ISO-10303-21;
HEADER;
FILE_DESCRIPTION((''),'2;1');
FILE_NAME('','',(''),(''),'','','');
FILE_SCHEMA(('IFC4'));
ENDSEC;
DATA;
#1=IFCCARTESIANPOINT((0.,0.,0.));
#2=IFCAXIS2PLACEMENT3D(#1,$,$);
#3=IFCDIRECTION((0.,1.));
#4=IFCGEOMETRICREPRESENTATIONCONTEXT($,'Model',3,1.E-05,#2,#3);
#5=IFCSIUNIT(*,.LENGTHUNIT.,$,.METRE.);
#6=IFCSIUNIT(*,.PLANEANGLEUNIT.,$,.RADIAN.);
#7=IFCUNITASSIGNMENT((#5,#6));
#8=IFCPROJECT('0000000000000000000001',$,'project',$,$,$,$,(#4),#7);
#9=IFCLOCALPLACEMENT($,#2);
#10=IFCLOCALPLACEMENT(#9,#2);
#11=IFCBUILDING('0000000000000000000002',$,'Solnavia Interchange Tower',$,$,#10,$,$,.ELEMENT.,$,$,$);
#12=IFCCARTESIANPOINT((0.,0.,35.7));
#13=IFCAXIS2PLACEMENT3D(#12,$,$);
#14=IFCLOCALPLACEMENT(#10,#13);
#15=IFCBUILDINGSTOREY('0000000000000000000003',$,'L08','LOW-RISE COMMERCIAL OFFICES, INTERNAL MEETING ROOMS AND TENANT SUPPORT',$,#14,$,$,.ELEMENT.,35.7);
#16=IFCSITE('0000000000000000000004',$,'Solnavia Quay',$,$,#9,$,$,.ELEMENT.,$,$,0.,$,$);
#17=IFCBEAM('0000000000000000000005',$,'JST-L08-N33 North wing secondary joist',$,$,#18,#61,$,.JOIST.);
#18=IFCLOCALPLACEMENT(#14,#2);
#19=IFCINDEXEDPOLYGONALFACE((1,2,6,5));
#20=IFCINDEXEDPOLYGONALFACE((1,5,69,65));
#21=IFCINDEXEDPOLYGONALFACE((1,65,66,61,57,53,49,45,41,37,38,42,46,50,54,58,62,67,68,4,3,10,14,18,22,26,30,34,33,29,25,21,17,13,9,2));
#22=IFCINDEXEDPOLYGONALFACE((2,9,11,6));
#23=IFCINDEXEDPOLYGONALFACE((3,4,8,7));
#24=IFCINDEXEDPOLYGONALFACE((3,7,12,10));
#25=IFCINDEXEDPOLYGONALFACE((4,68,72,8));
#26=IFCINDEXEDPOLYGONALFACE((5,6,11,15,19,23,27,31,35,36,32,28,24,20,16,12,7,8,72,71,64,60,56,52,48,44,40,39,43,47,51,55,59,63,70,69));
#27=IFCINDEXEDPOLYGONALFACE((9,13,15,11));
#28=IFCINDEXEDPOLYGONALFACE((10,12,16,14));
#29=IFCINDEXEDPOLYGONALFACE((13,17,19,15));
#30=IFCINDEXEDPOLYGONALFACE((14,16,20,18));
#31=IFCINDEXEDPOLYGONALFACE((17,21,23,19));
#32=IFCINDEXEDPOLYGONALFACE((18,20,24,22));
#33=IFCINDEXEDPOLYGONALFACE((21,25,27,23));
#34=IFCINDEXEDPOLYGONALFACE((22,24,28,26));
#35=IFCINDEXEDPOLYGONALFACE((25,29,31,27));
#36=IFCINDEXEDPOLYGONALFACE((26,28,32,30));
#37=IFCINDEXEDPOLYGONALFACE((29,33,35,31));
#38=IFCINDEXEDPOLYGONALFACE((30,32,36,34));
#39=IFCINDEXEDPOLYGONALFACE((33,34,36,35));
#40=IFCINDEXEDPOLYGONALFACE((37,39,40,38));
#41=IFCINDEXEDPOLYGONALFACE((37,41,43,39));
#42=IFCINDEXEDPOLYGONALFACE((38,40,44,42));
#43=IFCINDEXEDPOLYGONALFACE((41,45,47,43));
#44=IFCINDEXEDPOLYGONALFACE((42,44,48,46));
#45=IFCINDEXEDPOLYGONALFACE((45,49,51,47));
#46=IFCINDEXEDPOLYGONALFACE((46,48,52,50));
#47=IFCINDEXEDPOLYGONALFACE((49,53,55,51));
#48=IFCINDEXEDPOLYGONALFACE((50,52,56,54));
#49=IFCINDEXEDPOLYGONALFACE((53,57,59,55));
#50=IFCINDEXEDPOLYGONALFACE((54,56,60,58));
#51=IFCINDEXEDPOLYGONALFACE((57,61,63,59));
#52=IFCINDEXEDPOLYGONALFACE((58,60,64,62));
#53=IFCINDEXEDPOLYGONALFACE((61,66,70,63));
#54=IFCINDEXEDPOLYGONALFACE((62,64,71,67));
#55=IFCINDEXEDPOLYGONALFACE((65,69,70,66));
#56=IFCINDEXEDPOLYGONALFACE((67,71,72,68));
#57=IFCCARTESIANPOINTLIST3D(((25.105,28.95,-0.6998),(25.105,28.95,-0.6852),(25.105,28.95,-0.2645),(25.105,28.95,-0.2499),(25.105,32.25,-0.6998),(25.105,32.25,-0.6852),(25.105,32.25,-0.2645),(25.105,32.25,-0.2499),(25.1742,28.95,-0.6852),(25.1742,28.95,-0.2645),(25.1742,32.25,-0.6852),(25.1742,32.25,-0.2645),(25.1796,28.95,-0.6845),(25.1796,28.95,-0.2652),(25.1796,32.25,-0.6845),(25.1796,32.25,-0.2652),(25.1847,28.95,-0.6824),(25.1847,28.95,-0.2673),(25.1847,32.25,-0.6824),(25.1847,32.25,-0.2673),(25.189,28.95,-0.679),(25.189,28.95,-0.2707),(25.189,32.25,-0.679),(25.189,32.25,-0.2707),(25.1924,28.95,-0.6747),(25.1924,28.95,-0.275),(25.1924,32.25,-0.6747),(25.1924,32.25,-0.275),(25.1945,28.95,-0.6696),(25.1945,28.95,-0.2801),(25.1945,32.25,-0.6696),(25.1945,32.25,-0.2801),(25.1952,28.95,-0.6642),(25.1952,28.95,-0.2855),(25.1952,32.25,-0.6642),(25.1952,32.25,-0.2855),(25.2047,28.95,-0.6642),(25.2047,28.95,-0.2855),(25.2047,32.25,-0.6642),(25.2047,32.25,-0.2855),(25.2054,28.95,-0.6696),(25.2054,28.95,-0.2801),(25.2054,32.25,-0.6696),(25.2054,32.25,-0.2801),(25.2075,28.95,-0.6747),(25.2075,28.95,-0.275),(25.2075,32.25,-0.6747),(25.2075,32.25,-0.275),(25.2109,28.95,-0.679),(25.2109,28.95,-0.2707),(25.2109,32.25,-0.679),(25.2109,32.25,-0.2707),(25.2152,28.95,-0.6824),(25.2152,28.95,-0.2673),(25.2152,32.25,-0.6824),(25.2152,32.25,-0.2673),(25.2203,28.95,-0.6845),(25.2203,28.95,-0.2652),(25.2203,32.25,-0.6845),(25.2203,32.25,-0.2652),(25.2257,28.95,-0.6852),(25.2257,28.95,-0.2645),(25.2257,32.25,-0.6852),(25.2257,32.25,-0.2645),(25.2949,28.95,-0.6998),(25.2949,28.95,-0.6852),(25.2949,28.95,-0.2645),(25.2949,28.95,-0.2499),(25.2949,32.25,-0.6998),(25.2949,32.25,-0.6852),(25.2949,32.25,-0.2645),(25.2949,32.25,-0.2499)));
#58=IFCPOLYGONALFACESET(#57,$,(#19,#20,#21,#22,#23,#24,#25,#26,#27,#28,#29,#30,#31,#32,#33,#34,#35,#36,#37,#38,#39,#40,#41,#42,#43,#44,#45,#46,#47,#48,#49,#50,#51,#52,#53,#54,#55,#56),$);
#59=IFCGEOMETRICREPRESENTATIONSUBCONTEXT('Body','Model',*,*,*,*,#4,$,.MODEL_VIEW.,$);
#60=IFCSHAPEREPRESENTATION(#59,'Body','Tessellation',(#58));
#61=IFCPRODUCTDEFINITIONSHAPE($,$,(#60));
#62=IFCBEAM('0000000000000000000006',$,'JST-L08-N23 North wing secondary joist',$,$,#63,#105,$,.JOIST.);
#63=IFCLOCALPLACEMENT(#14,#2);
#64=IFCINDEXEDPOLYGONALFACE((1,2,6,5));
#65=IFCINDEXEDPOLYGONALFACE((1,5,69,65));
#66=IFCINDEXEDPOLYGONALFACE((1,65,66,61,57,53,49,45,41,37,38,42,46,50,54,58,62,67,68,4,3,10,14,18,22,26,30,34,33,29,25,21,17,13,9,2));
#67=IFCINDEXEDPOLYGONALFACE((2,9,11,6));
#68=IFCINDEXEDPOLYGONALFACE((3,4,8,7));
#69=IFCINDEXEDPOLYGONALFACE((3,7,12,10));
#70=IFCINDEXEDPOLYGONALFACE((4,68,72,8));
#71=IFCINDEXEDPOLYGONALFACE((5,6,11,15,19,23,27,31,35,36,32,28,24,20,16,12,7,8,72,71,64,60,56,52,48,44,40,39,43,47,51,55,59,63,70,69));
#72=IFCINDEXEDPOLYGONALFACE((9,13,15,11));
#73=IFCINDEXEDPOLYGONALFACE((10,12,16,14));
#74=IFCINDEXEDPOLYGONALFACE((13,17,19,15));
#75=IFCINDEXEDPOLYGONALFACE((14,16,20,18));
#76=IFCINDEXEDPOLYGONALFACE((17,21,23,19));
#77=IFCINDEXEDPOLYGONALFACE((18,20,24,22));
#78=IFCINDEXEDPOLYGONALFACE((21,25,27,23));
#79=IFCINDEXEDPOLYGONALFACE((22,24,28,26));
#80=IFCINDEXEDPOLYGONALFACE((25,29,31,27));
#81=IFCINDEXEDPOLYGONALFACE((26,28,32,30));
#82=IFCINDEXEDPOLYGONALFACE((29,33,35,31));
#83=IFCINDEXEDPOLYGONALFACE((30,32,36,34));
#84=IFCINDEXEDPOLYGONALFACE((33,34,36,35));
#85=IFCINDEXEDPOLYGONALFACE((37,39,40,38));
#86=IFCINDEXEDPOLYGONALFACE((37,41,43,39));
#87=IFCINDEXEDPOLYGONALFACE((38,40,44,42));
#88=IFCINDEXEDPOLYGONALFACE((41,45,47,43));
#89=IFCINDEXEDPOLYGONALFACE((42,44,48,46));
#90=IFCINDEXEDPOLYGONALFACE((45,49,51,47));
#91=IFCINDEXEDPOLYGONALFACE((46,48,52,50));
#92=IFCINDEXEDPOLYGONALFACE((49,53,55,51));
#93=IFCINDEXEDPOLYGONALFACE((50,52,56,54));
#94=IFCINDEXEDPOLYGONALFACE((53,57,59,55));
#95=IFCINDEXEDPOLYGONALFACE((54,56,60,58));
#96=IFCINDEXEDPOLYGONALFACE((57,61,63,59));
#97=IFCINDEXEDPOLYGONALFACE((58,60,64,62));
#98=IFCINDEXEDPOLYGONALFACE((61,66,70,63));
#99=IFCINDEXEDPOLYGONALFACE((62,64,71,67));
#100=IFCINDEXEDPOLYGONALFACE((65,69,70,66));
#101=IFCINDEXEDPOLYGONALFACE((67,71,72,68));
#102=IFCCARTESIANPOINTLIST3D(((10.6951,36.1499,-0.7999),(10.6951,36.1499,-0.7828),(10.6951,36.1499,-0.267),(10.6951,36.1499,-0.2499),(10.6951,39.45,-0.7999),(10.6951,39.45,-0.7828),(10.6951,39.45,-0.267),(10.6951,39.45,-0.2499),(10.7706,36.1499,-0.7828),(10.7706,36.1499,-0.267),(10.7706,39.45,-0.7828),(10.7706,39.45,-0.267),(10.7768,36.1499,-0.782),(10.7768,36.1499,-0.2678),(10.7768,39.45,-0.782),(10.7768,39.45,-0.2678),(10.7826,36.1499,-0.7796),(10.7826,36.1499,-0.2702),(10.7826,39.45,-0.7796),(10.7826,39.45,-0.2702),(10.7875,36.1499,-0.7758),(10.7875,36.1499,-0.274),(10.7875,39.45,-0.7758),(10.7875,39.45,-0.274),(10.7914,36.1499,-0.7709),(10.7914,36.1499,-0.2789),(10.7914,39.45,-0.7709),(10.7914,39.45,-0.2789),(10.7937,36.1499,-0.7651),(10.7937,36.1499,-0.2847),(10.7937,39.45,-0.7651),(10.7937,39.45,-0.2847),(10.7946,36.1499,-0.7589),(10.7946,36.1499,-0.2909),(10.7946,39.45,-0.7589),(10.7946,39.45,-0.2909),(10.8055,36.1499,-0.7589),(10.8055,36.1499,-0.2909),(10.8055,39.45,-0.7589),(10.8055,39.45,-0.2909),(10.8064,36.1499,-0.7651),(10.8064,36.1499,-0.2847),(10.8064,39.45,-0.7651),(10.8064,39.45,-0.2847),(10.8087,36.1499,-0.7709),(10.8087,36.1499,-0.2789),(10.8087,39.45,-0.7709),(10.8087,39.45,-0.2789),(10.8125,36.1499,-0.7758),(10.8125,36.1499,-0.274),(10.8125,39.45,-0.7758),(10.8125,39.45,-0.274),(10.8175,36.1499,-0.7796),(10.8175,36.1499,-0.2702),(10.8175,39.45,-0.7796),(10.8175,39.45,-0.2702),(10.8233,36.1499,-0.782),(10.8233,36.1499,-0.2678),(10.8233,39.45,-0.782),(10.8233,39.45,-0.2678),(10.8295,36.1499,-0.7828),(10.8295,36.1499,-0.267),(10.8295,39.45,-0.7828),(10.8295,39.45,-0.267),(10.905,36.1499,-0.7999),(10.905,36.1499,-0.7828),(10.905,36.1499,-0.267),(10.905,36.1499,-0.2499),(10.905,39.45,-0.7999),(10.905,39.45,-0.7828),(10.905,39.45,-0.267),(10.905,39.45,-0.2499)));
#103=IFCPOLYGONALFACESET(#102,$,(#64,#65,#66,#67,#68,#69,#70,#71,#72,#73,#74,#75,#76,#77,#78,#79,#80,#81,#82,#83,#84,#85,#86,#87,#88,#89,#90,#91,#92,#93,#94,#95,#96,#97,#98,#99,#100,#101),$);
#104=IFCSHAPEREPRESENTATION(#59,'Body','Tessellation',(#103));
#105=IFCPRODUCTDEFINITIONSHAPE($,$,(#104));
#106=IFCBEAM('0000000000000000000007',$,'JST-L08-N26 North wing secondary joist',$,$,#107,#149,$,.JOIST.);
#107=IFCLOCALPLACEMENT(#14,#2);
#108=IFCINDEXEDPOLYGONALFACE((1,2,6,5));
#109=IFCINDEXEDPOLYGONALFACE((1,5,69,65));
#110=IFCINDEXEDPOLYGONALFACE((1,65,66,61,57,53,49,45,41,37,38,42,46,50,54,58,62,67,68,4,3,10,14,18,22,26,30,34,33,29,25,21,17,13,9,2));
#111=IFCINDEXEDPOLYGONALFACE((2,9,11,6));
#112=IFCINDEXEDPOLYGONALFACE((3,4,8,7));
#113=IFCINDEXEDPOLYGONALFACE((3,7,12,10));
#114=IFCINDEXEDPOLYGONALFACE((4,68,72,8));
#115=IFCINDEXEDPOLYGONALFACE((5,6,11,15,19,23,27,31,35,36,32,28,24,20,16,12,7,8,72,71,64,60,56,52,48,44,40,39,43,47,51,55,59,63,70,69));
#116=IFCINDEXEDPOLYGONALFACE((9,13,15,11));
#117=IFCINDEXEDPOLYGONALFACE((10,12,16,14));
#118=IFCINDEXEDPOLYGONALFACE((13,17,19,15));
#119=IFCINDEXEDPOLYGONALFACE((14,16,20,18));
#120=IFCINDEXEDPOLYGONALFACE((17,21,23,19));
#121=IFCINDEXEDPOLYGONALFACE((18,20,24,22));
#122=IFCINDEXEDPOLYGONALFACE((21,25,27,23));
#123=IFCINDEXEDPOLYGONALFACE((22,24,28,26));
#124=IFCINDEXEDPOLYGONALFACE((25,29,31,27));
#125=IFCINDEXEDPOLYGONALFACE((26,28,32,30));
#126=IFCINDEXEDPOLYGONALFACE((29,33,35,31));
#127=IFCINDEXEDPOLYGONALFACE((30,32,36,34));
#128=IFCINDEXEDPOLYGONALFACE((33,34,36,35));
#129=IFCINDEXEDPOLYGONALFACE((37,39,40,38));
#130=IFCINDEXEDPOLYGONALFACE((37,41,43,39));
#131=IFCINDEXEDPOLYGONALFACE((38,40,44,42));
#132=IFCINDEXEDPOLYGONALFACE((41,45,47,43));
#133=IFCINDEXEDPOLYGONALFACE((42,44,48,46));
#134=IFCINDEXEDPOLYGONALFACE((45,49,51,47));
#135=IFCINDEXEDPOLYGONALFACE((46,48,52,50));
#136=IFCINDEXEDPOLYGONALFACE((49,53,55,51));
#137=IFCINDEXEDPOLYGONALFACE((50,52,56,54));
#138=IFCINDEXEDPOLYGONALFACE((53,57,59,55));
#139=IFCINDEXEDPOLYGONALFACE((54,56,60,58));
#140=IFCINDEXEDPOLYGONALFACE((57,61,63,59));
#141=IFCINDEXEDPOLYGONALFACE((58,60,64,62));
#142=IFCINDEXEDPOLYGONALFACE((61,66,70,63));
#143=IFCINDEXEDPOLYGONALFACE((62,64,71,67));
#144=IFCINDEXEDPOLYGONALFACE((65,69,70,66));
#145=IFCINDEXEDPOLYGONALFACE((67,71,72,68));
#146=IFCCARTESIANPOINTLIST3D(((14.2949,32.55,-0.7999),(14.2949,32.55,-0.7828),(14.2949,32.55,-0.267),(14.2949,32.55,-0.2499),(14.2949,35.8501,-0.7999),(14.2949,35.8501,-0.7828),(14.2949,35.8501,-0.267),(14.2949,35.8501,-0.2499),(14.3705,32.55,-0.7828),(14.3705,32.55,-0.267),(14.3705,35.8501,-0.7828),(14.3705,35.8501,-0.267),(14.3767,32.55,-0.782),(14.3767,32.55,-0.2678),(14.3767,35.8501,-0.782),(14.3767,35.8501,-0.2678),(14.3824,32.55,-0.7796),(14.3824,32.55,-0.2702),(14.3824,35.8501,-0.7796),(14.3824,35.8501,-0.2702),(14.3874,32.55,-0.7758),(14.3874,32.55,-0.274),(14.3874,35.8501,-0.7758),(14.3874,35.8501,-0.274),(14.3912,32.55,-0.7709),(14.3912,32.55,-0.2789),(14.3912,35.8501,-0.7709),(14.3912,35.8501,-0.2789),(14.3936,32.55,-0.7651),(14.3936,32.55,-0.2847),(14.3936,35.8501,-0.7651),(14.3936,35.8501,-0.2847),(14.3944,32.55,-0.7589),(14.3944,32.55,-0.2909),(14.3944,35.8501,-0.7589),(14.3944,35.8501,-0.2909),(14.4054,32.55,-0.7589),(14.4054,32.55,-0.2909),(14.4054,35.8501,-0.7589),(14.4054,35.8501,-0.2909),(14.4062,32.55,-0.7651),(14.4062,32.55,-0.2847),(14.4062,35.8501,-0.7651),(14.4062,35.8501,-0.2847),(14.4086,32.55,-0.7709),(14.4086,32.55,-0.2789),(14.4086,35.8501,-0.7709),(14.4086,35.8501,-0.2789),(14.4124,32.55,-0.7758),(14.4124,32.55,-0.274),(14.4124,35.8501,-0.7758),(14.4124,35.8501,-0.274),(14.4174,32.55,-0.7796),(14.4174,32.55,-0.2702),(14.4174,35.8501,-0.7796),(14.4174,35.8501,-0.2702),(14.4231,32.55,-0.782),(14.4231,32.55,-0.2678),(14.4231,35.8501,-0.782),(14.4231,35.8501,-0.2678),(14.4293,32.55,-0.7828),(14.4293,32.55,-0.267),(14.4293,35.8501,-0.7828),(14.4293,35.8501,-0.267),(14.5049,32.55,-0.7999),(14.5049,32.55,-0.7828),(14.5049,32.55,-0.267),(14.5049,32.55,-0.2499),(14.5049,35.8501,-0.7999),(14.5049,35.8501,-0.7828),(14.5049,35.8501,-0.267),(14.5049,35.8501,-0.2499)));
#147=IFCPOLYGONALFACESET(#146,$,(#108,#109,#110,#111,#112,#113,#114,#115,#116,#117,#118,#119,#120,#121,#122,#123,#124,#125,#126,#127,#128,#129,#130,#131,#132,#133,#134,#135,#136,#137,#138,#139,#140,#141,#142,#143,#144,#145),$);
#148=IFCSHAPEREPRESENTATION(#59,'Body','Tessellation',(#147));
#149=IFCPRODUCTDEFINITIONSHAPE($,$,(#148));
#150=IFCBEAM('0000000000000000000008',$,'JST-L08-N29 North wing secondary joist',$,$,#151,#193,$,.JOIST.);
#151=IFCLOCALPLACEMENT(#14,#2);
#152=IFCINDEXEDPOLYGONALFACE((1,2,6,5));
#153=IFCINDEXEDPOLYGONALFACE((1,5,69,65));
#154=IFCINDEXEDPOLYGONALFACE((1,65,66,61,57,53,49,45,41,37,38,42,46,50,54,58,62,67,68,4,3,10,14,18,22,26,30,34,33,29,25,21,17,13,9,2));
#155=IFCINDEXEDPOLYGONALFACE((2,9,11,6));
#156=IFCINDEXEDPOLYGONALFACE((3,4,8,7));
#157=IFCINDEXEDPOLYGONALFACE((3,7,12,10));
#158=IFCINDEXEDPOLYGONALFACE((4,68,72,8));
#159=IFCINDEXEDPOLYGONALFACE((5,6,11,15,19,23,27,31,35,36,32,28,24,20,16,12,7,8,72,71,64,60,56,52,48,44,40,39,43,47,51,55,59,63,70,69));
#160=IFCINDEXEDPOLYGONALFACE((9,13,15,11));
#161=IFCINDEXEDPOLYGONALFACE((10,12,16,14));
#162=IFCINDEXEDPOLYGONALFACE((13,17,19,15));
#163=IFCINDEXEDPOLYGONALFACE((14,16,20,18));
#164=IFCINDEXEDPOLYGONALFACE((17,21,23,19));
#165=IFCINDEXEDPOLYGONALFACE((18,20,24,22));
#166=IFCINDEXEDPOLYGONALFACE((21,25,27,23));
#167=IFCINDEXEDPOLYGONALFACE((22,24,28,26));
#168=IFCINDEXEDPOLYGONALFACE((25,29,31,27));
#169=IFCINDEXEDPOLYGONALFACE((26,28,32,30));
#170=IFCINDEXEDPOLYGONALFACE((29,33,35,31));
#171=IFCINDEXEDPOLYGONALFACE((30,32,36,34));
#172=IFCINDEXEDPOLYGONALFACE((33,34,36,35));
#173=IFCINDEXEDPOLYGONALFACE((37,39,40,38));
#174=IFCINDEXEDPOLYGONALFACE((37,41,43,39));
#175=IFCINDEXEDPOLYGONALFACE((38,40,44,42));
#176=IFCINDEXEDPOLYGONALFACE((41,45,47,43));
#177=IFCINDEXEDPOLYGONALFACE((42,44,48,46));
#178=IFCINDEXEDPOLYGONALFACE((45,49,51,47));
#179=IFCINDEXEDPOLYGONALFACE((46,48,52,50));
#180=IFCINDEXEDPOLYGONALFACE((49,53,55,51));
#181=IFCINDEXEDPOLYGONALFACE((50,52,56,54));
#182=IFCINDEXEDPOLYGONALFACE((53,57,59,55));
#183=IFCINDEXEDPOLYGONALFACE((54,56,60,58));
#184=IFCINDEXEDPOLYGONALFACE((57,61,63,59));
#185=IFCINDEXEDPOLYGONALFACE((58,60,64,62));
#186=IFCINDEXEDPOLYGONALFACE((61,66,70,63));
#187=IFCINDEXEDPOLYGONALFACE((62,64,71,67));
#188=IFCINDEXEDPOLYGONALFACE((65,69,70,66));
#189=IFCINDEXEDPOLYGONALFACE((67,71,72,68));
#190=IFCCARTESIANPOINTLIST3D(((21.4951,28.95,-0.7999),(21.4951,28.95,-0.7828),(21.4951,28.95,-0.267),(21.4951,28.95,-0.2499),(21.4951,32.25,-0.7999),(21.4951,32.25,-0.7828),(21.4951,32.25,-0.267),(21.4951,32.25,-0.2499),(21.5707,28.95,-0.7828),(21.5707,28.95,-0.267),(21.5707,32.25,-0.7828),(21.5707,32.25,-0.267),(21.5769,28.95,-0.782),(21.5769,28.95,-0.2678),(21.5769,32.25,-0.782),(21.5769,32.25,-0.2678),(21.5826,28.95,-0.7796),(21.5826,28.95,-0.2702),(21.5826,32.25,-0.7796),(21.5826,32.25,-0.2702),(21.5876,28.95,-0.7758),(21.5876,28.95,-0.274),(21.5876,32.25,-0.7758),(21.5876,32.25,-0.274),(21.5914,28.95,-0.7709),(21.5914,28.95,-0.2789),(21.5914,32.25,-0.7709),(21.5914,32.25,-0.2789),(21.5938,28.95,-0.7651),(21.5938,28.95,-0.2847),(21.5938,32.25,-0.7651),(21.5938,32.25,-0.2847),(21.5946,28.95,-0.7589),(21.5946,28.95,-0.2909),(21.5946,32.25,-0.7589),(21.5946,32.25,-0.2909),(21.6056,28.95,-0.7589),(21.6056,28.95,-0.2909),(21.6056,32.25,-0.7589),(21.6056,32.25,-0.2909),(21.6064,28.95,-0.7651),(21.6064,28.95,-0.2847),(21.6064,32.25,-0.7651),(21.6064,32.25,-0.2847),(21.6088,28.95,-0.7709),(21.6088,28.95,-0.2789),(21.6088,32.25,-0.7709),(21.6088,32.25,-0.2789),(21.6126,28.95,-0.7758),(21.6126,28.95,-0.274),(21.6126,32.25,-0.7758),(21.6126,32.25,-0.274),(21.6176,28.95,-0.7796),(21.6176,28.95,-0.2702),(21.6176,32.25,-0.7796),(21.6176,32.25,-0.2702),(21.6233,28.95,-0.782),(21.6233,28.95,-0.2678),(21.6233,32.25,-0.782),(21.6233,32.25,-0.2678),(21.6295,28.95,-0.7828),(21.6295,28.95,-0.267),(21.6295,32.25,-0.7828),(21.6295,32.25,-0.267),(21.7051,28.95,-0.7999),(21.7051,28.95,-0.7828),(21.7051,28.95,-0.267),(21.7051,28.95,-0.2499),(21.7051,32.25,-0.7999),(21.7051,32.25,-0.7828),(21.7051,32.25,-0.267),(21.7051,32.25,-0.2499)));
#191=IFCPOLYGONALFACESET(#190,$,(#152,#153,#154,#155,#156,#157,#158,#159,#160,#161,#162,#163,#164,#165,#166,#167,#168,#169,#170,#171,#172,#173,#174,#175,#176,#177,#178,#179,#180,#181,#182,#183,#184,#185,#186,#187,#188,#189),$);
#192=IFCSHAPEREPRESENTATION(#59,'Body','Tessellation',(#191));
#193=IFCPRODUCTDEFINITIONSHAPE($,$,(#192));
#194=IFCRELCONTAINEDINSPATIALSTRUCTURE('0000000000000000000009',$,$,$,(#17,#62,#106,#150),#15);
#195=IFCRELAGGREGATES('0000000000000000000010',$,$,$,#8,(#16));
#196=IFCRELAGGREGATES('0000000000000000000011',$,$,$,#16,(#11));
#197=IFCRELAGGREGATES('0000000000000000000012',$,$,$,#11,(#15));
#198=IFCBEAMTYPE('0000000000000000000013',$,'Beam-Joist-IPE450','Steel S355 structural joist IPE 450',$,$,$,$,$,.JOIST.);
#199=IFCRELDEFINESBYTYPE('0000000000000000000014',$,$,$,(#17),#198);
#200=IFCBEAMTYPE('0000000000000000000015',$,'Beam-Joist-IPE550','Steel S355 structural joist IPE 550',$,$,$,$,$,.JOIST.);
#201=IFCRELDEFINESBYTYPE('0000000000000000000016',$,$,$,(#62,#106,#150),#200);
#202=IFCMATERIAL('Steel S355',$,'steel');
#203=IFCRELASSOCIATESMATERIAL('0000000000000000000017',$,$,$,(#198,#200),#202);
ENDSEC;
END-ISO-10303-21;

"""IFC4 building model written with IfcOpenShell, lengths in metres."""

from ifc_helpers import new_model, si_unit, direction, frame, origin, origin_2d, place, context, subcontext, project, spatial, i_section, extrude, material, material_profile, profile_set, type_object, element, save


model = new_model("IFC4")

# Units and contexts
model_context = context("Model", 3, precision=1e-05, world=origin(), true_north=direction((0.0, 1.0)))
body_context = subcontext(model_context, "Body", "Model", "MODEL_VIEW")
ifc_project = project(units=[si_unit("LENGTHUNIT", "METRE"), si_unit("PLANEANGLEUNIT", "RADIAN")], contexts=[model_context])

# Site, building, storey
site_placement = place(None, origin())
site = spatial("IfcSite", under=ifc_project, at=site_placement, Name="Solnavia Quay", CompositionType="ELEMENT", RefElevation=0.0)
building_placement = place(site_placement, origin())
building = spatial("IfcBuilding", under=site, at=building_placement, Name="Solnavia Interchange Tower", CompositionType="ELEMENT")
storey_placement = place(building_placement, frame((0.0, 0.0, 35.7)))
storey = spatial("IfcBuildingStorey", under=building, at=storey_placement, Name="L08", Description="LOW-RISE COMMERCIAL OFFICES, INTERNAL MEETING ROOMS AND TENANT SUPPORT", CompositionType="ELEMENT", Elevation=35.7)

# Shared definitions
ifc_material_1 = material(Name="Steel S355", Category="steel")

# Beams
ifc_material_profile_1 = material_profile(ifc_material_1, i_section(OverallWidth=0.1899, OverallDepth=0.45, WebThickness=0.0095, FlangeThickness=0.0146, FilletRadius=0.021, at=origin_2d()), Name="IPE 450")
ifc_profile_set_1 = profile_set([ifc_material_profile_1], Name="Steel S355")
beam_type_1 = type_object("IfcBeamType", Name="Beam-Joist-IPE450", Description="Steel S355 structural joist IPE 450", PredefinedType="JOIST", material=ifc_profile_set_1)
for number, where, z_axis, x_axis, name in (
    (1, (25.2, 28.95, -0.4749), (0.0, 1.0, 0.0), (-1.0, 0.0, 0.0), "JST-L08-N33 North wing secondary joist"),
):
    element("IfcBeam", number, at=place(storey_placement, frame(where, z_axis=z_axis, x_axis=x_axis)), inside=storey, type_object=beam_type_1, Name=name, PredefinedType="JOIST", context=body_context, shape_type="SweptSolid", body=[
        extrude(i_section(OverallWidth=0.1899, OverallDepth=0.45, WebThickness=0.0095, FlangeThickness=0.0146, FilletRadius=0.021, at=origin_2d()), origin(), (0.0, 0.0, 1.0), 3.3),
    ])
ifc_material_profile_2 = material_profile(ifc_material_1, i_section(OverallWidth=0.21, OverallDepth=0.55, WebThickness=0.011, FlangeThickness=0.0171, FilletRadius=0.0239, at=origin_2d()), Name="IPE 550")
ifc_profile_set_2 = profile_set([ifc_material_profile_2], Name="Steel S355")
beam_type_2 = type_object("IfcBeamType", Name="Beam-Joist-IPE550", Description="Steel S355 structural joist IPE 550", PredefinedType="JOIST", material=ifc_profile_set_2)
for number, where, z_axis, x_axis, name in (
    (2, (10.8, 36.1499, -0.5249), (0.0, 1.0, 0.0), (-1.0, 0.0, 0.0), "JST-L08-N23 North wing secondary joist"),
    (3, (14.3999, 32.55, -0.5249), (0.0, 1.0, 0.0), (-1.0, 0.0, 0.0), "JST-L08-N26 North wing secondary joist"),
    (4, (21.6001, 28.95, -0.5249), (0.0, 1.0, 0.0), (-1.0, 0.0, 0.0), "JST-L08-N29 North wing secondary joist"),
):
    element("IfcBeam", number, at=place(storey_placement, frame(where, z_axis=z_axis, x_axis=x_axis)), inside=storey, type_object=beam_type_2, Name=name, PredefinedType="JOIST", context=body_context, shape_type="SweptSolid", body=[
        extrude(i_section(OverallWidth=0.21, OverallDepth=0.55, WebThickness=0.011, FlangeThickness=0.0171, FilletRadius=0.0239, at=origin_2d()), origin(), (0.0, 0.0, 1.0), 3.3),
    ])

save(model, "model.ifc")
